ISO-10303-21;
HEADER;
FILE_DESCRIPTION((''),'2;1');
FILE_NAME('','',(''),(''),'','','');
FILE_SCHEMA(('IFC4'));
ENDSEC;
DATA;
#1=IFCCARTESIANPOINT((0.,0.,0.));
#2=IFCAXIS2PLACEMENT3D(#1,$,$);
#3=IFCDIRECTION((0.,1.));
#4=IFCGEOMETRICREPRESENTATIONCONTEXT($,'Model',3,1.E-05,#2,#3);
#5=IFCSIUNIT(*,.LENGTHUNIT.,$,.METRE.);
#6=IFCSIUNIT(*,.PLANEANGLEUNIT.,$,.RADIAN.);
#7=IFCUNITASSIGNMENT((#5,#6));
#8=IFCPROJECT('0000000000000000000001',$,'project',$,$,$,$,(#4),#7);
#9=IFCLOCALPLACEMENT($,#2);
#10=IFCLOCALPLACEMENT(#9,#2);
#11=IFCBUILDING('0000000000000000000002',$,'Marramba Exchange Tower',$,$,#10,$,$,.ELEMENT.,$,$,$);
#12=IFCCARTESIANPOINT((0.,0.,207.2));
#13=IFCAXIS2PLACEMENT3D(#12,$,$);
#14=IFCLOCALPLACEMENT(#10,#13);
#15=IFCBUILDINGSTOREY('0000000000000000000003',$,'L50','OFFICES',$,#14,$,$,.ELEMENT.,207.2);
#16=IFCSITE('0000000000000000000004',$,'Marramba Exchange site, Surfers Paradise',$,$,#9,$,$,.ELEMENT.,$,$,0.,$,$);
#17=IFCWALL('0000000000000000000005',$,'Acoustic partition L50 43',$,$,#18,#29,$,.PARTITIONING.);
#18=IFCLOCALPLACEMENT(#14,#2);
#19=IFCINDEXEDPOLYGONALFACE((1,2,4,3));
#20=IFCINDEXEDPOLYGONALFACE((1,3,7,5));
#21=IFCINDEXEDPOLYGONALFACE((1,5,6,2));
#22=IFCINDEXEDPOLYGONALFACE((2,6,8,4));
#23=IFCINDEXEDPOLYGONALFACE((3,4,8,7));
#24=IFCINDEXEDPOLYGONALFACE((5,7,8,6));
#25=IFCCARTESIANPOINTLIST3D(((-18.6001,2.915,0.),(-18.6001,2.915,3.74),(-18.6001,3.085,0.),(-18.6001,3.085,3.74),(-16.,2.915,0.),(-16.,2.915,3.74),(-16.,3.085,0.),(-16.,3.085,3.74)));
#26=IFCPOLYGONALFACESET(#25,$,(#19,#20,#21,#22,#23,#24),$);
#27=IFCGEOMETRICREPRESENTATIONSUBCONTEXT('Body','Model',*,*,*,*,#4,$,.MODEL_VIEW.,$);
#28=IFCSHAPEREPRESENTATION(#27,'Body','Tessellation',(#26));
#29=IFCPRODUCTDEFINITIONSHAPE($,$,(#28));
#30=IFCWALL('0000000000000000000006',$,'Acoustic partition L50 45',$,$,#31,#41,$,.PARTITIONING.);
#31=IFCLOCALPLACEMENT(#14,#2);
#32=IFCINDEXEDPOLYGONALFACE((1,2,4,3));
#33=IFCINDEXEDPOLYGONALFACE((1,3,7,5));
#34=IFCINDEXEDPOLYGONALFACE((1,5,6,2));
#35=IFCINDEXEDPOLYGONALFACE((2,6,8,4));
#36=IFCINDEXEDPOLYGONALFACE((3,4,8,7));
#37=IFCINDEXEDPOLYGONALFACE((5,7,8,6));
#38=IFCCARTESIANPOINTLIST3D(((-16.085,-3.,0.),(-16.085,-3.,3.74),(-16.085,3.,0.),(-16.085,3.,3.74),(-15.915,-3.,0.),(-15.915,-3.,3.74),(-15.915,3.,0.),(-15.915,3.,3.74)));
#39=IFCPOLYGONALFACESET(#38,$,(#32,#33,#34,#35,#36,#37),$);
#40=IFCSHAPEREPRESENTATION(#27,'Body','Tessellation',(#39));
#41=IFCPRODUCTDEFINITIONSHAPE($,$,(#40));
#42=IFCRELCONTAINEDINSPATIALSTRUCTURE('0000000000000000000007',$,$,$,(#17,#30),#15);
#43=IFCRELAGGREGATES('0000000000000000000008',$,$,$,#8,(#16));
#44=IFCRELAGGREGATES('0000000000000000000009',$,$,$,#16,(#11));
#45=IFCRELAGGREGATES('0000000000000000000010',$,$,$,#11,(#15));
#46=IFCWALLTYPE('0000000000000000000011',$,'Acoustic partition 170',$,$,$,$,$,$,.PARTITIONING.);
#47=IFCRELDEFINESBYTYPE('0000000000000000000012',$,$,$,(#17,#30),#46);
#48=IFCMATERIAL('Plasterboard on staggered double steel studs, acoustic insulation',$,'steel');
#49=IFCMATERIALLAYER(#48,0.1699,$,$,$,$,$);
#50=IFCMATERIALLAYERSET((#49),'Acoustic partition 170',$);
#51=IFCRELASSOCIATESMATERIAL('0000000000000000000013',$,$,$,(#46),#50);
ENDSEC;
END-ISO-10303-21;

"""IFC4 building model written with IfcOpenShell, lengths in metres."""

from ifc_helpers import new_model, si_unit, direction, frame, frame_2d, origin, place, context, subcontext, project, spatial, rectangle, extrude, material, layer, layer_set, type_object, element, save


model = new_model("IFC4")

# Units and contexts
model_context = context("Model", 3, precision=1e-05, world=origin(), true_north=direction((0.0, 1.0)))
body_context = subcontext(model_context, "Body", "Model", "MODEL_VIEW")
ifc_project = project(units=[si_unit("LENGTHUNIT", "METRE"), si_unit("PLANEANGLEUNIT", "RADIAN")], contexts=[model_context])

# Site, building, storey
site_placement = place(None, origin())
site = spatial("IfcSite", under=ifc_project, at=site_placement, Name="Marramba Exchange site, Surfers Paradise", CompositionType="ELEMENT", RefElevation=0.0)
building_placement = place(site_placement, origin())
building = spatial("IfcBuilding", under=site, at=building_placement, Name="Marramba Exchange Tower", CompositionType="ELEMENT")
storey_placement = place(building_placement, frame((0.0, 0.0, 207.2)))
storey = spatial("IfcBuildingStorey", under=building, at=storey_placement, Name="L50", Description="OFFICES", CompositionType="ELEMENT", Elevation=207.2)

# Walls
ifc_material_1 = material(Name="Plasterboard on staggered double steel studs, acoustic insulation", Category="steel")
ifc_layer_1 = layer(ifc_material_1, 0.1699)
ifc_layer_set_1 = layer_set([ifc_layer_1], Name="Acoustic partition 170")
wall_type_1 = type_object("IfcWallType", Name="Acoustic partition 170", PredefinedType="PARTITIONING", material=ifc_layer_set_1)
wall_1_placement = place(storey_placement, frame((-18.6001, 3.0, 0.0), z_axis=(0.0, 0.0, 1.0), x_axis=(1.0, 0.0, 0.0)))
element("IfcWall", 1, at=wall_1_placement, inside=storey, type_object=wall_type_1, Name="Acoustic partition L50 43", PredefinedType="PARTITIONING", context=body_context, shape_type="SweptSolid", body=[
    extrude(rectangle(XDim=2.6001, YDim=0.1699, at=frame_2d((1.3, 0.0))), origin(), (0.0, 0.0, 1.0), 3.74),
])
wall_2_placement = place(storey_placement, frame((-16.0, 3.0, 0.0), z_axis=(0.0, 0.0, 1.0), x_axis=(0.0, -1.0, 0.0)))
element("IfcWall", 2, at=wall_2_placement, inside=storey, type_object=wall_type_1, Name="Acoustic partition L50 45", PredefinedType="PARTITIONING", context=body_context, shape_type="SweptSolid", body=[
    extrude(rectangle(XDim=6.0, YDim=0.1699, at=frame_2d((3.0, 0.0))), origin(), (0.0, 0.0, 1.0), 3.74),
])

save(model, "model.ifc")
